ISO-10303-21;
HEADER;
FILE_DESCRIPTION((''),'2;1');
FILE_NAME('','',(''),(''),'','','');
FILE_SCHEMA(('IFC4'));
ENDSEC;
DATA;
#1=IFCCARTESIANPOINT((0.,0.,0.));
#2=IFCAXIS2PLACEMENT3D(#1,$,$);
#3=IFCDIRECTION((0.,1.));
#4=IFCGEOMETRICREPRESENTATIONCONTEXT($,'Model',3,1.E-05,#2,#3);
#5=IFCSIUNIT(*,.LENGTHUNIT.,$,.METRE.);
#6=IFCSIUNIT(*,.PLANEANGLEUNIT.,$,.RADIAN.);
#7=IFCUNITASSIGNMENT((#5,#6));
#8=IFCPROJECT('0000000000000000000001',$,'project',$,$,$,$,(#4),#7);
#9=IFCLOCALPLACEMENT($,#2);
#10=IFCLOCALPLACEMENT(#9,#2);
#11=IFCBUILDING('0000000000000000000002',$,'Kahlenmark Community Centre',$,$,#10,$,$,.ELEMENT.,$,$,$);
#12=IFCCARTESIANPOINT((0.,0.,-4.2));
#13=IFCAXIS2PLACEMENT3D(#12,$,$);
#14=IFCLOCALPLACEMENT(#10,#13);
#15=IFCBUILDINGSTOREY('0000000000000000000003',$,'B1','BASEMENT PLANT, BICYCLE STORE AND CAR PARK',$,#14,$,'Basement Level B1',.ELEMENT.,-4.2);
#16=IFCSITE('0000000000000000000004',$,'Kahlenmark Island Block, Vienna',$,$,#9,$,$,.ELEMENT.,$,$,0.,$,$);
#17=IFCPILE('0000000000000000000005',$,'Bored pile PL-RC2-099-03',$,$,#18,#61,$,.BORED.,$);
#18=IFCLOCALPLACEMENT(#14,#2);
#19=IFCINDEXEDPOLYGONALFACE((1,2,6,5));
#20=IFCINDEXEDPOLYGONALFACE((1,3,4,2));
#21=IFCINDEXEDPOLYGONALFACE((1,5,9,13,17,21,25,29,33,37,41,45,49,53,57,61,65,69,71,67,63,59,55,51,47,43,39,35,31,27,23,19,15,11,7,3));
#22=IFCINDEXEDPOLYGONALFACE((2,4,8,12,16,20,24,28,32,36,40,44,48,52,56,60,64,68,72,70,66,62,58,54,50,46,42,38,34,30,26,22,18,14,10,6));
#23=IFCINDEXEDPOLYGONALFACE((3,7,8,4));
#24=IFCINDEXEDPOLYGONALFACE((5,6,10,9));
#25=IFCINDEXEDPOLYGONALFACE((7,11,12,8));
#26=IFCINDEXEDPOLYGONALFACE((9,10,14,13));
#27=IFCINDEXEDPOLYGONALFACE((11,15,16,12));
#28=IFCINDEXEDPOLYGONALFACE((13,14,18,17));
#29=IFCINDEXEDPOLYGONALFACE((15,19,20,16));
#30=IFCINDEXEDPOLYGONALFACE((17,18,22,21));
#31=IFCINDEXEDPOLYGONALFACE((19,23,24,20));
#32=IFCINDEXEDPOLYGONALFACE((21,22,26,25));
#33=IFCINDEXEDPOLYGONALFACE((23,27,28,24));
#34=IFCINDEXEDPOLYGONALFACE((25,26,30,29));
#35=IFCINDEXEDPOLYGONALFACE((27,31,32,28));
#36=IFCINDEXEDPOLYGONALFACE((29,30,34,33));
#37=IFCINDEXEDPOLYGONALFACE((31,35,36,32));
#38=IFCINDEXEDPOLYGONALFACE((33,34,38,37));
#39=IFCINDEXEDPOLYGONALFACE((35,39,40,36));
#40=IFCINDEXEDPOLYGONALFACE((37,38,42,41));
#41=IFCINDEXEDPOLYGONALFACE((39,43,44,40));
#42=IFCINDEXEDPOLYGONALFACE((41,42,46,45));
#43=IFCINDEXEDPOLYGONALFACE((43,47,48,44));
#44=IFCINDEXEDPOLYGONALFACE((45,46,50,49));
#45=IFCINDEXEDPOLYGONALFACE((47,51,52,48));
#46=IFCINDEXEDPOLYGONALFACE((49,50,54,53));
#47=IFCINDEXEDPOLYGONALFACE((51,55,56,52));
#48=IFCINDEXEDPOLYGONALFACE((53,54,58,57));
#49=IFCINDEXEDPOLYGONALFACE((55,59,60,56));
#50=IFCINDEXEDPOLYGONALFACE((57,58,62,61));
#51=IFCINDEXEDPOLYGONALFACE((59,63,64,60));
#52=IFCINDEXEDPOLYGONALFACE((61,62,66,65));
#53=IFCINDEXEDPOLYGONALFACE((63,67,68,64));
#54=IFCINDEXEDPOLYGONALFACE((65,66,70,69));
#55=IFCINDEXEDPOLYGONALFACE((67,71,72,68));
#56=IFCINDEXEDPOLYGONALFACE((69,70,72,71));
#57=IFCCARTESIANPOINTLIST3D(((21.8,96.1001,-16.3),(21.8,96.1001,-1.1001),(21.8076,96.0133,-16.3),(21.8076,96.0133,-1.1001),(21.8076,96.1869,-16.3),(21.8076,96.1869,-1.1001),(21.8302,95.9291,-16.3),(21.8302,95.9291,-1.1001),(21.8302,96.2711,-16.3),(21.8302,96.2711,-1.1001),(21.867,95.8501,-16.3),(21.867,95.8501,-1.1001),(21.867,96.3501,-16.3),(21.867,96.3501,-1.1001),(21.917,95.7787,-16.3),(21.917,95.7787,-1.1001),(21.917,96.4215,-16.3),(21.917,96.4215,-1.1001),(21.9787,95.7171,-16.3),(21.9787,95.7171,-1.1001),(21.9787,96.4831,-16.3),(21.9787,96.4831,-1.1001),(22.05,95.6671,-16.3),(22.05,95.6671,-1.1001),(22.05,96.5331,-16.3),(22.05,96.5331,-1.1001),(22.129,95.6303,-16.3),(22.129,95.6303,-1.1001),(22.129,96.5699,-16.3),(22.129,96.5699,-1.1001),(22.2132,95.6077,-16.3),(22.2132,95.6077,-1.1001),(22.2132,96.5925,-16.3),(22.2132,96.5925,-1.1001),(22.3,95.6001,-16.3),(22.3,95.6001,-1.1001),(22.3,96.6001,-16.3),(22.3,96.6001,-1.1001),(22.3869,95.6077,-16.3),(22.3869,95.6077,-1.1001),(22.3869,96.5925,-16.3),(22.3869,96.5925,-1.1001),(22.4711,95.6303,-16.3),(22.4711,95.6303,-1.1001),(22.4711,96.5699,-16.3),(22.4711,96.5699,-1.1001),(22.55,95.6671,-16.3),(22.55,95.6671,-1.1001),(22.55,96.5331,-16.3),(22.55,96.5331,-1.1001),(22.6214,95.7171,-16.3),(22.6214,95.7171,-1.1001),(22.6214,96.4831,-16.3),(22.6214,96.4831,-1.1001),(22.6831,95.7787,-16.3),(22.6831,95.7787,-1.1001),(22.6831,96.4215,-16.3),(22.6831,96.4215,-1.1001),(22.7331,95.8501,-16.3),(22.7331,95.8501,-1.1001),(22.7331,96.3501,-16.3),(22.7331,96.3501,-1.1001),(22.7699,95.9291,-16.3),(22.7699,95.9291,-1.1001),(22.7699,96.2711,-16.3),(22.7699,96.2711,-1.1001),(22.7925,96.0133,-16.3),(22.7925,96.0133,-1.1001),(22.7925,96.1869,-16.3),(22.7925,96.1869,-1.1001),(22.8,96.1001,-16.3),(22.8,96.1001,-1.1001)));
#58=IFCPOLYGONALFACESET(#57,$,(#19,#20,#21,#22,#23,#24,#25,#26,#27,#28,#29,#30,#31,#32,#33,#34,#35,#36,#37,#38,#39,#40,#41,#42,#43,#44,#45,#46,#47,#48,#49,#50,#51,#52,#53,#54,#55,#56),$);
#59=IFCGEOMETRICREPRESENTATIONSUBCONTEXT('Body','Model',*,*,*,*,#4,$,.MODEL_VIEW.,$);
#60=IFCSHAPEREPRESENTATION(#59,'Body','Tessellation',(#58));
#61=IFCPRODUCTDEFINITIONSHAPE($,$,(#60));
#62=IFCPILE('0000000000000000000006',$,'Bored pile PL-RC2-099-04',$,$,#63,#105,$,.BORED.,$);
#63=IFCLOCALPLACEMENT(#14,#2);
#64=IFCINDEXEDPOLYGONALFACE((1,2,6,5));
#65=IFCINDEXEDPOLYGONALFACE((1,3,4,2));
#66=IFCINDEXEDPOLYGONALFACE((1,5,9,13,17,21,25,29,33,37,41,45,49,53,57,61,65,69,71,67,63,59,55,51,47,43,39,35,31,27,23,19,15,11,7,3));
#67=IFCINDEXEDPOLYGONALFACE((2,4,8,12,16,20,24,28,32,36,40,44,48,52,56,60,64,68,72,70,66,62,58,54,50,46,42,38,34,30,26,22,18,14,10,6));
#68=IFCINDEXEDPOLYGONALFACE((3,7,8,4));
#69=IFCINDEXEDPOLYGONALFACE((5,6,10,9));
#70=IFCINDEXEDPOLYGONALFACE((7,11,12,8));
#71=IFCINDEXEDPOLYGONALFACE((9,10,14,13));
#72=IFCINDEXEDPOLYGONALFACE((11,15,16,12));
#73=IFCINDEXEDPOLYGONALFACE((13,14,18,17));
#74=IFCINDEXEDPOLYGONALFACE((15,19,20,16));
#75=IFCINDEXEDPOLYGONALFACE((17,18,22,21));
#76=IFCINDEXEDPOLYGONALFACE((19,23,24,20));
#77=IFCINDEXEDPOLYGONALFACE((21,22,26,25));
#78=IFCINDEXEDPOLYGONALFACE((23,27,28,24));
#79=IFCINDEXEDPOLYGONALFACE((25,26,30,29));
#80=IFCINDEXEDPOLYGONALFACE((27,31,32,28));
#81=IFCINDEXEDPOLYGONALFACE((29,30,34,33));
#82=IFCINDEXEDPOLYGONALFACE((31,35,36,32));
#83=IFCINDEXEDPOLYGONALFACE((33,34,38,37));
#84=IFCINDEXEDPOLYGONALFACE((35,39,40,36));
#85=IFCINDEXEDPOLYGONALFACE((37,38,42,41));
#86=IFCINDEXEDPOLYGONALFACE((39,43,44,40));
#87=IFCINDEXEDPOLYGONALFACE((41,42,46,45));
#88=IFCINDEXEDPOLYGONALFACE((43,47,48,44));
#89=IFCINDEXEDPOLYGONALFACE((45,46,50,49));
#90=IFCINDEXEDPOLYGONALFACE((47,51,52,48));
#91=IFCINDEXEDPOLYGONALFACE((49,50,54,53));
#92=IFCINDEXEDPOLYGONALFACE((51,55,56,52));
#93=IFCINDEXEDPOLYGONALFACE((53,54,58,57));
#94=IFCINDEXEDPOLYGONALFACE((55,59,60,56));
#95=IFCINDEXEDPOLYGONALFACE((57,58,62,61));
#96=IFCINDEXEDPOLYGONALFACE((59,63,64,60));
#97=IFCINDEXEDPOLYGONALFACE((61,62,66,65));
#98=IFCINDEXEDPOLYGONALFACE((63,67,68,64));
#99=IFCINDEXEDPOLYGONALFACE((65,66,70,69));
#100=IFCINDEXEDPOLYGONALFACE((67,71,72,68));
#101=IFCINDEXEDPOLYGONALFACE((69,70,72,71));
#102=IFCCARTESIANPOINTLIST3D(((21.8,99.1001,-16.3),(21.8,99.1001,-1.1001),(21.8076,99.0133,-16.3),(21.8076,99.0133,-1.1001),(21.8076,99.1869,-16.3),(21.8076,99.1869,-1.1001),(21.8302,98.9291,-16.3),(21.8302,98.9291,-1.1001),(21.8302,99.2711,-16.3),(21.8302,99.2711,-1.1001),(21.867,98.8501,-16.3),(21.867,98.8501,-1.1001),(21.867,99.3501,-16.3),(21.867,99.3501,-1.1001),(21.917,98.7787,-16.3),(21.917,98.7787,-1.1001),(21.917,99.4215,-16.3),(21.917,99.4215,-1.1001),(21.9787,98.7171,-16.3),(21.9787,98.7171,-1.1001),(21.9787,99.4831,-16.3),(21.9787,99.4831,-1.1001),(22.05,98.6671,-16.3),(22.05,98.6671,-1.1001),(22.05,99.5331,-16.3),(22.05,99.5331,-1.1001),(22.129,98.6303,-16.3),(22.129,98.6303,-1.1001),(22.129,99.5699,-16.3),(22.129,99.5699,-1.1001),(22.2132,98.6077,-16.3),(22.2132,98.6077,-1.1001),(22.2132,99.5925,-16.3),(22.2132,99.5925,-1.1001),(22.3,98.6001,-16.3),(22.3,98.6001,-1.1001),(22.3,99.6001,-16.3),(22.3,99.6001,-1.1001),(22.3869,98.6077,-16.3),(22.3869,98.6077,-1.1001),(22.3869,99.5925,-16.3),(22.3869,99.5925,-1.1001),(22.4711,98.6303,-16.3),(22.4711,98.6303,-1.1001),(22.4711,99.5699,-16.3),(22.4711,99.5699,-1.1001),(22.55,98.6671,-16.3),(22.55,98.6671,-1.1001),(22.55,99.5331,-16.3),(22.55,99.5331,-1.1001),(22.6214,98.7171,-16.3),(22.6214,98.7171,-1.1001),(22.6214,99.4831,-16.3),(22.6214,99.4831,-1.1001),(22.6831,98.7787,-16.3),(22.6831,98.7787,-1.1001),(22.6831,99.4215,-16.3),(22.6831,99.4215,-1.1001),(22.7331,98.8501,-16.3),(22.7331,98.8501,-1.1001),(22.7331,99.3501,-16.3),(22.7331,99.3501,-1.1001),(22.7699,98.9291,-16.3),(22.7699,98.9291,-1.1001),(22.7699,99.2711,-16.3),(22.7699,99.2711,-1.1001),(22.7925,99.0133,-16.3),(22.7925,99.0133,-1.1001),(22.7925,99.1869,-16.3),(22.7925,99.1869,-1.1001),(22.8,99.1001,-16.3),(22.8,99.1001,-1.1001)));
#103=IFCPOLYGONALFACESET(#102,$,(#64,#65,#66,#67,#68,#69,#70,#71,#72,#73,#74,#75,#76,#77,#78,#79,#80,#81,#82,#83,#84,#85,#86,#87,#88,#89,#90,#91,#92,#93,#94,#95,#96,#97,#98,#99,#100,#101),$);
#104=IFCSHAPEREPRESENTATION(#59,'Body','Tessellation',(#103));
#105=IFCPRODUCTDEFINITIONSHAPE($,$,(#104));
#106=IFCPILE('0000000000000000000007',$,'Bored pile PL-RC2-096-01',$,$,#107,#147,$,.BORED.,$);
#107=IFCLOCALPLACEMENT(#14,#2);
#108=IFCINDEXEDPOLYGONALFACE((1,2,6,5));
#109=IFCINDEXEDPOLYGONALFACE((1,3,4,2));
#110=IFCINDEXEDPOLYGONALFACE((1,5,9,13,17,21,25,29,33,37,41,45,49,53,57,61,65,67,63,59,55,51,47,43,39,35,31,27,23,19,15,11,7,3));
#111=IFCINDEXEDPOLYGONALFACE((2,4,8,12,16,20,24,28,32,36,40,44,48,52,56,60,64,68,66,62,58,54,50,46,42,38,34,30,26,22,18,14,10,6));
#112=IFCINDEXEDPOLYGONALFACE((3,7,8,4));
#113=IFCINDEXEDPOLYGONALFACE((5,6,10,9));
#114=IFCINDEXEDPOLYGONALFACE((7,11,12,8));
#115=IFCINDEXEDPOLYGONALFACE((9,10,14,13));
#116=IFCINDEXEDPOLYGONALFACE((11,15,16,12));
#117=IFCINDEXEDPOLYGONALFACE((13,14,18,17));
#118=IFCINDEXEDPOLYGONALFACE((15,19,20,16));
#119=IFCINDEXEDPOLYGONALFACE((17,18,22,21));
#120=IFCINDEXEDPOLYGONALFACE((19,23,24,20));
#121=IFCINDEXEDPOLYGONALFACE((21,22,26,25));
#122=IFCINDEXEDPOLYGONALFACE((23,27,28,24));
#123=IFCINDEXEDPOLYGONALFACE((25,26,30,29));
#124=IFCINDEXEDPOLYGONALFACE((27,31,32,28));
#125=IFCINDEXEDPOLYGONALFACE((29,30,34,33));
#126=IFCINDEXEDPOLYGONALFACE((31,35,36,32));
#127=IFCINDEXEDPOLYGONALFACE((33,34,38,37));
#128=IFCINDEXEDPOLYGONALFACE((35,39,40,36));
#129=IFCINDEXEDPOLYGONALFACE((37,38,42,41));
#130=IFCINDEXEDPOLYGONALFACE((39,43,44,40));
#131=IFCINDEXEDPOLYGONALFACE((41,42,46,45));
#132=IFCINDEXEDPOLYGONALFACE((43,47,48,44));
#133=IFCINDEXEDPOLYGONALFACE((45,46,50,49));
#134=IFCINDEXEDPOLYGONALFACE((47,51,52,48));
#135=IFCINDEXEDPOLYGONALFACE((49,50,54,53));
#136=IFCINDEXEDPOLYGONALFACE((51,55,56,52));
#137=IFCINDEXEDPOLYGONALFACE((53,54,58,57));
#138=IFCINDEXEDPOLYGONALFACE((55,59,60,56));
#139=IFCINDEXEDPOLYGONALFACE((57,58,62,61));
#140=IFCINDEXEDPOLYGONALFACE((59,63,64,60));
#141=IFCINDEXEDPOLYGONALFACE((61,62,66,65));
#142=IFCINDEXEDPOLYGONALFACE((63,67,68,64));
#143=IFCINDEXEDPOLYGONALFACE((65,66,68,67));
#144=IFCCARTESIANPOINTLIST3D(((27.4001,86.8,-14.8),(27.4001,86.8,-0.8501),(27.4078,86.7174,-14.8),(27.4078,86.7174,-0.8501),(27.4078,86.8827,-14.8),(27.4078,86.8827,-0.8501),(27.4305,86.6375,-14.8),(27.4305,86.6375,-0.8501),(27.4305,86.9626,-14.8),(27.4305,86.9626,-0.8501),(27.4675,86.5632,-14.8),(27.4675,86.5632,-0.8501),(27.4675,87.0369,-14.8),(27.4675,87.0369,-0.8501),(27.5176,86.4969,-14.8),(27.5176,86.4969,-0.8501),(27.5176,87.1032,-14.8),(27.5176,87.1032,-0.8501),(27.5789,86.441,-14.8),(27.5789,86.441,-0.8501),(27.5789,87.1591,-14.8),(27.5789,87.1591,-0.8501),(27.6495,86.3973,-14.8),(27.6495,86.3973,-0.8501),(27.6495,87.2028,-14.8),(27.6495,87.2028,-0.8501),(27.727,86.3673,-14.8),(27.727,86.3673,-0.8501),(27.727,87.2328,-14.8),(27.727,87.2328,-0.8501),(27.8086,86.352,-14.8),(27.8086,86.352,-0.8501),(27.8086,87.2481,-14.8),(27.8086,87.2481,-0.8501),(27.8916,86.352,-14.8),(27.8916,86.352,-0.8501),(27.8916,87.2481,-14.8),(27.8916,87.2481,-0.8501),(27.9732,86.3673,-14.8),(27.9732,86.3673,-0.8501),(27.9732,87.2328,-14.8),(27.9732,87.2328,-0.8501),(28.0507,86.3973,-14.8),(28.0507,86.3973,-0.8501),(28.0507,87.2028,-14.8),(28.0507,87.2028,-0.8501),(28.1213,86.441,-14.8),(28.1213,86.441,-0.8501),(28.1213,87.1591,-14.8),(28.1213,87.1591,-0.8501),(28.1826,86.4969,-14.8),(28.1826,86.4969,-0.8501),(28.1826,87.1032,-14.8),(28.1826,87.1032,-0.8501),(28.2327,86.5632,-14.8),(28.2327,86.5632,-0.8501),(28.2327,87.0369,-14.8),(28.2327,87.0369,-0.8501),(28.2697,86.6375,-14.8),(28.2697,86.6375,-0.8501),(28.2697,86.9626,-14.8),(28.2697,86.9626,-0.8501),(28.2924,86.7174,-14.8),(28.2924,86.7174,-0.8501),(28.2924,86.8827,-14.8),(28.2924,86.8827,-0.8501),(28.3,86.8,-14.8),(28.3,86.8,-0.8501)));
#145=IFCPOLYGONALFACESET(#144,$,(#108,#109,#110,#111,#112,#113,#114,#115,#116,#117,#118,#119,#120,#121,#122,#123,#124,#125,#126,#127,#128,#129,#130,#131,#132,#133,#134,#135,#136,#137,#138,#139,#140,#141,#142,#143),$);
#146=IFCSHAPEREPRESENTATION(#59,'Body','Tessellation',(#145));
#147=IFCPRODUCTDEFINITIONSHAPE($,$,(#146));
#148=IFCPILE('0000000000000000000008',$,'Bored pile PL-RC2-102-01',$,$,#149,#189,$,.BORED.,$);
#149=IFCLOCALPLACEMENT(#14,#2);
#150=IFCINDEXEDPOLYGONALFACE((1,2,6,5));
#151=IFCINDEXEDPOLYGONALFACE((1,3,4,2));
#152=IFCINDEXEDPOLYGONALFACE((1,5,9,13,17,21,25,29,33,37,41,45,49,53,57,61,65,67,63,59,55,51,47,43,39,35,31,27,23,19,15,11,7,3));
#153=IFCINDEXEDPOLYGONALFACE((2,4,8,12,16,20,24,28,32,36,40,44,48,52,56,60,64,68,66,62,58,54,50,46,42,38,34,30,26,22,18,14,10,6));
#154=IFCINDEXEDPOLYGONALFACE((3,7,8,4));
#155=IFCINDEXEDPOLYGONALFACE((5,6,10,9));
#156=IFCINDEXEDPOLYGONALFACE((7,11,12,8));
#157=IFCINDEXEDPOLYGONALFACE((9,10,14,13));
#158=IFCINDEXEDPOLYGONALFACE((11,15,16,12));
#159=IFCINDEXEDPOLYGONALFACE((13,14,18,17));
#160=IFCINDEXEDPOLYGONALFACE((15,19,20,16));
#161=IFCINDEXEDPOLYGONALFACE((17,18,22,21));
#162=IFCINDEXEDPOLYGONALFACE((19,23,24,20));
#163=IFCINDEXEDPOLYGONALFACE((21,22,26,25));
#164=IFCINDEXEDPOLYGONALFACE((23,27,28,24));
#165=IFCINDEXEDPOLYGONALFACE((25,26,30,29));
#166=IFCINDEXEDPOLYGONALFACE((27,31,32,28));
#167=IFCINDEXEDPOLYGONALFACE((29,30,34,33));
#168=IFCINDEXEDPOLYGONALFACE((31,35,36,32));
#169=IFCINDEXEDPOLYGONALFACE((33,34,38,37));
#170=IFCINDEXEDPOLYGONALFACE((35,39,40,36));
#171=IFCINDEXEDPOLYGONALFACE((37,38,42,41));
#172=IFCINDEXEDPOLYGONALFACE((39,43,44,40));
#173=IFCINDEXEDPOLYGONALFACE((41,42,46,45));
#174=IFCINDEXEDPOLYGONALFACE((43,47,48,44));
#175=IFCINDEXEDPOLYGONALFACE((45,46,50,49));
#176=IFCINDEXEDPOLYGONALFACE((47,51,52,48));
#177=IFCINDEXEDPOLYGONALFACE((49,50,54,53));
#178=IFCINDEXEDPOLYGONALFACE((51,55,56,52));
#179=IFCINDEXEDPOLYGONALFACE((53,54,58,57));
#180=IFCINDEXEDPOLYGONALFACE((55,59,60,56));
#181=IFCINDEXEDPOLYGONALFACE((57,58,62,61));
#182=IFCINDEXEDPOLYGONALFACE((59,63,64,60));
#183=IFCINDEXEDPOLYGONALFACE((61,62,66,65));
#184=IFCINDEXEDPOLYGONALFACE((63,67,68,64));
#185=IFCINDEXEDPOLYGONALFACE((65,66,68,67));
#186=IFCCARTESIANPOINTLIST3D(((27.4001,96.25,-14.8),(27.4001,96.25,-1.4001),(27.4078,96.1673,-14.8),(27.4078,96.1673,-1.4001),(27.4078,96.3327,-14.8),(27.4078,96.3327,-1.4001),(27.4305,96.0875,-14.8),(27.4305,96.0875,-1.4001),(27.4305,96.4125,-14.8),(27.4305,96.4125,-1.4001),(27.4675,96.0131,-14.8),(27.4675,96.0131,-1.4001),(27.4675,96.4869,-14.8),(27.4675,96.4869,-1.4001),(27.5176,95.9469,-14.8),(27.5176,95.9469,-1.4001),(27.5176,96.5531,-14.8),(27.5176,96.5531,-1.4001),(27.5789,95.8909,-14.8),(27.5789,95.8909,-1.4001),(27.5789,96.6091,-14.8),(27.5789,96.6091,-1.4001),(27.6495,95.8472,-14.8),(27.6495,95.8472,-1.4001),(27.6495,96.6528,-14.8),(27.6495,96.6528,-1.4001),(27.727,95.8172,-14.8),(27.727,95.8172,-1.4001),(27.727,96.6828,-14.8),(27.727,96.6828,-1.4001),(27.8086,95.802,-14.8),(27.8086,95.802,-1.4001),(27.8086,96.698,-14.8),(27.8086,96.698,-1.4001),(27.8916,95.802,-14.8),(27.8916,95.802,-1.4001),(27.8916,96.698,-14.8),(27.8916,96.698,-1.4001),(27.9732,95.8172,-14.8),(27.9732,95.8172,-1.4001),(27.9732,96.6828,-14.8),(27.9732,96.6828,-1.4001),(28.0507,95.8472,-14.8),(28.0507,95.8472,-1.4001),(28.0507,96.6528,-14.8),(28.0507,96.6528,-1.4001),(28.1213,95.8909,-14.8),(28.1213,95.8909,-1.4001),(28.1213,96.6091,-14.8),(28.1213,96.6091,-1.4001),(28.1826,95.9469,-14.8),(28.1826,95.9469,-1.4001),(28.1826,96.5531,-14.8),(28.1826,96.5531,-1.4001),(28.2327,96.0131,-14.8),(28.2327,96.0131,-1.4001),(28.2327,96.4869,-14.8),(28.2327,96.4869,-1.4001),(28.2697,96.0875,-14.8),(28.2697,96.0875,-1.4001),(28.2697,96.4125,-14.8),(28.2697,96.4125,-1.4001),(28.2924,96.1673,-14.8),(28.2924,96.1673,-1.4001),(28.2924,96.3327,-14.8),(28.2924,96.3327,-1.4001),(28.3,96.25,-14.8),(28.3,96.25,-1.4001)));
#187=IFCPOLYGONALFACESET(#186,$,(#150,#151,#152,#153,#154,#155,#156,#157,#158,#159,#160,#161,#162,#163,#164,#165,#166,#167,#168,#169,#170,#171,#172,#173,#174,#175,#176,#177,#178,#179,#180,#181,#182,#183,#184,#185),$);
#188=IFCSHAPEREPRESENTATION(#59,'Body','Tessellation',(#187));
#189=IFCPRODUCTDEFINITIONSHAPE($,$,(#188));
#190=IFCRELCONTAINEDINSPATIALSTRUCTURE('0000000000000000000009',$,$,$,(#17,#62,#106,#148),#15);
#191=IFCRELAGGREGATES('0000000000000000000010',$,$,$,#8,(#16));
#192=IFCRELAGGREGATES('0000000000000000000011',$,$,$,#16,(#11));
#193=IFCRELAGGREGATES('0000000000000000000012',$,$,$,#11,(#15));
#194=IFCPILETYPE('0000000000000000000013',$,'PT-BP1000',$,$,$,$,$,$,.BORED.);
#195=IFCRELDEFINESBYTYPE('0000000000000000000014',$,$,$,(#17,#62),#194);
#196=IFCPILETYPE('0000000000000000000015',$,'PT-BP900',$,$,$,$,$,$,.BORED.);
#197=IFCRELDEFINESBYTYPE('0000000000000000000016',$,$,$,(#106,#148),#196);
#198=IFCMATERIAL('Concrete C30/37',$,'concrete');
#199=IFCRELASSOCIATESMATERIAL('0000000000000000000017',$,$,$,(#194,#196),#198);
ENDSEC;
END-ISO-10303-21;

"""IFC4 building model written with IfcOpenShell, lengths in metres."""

from ifc_helpers import new_model, si_unit, direction, frame, origin, origin_2d, place, context, subcontext, project, spatial, circle, extrude, material, material_profile, profile_set, type_object, element, save


model = new_model("IFC4")

# Units and contexts
model_context = context("Model", 3, precision=1e-05, world=origin(), true_north=direction((0.0, 1.0)))
body_context = subcontext(model_context, "Body", "Model", "MODEL_VIEW")
ifc_project = project(units=[si_unit("LENGTHUNIT", "METRE"), si_unit("PLANEANGLEUNIT", "RADIAN")], contexts=[model_context])

# Site, building, storey
site_placement = place(None, origin())
site = spatial("IfcSite", under=ifc_project, at=site_placement, Name="Kahlenmark Island Block, Vienna", CompositionType="ELEMENT", RefElevation=0.0)
building_placement = place(site_placement, origin())
building = spatial("IfcBuilding", under=site, at=building_placement, Name="Kahlenmark Community Centre", CompositionType="ELEMENT")
storey_placement = place(building_placement, frame((0.0, 0.0, -4.2)))
storey = spatial("IfcBuildingStorey", under=building, at=storey_placement, Name="B1", Description="BASEMENT PLANT, BICYCLE STORE AND CAR PARK", LongName="Basement Level B1", CompositionType="ELEMENT", Elevation=-4.2)

# Shared definitions
ifc_material_1 = material(Name="Concrete C30/37", Category="concrete")

# Piles
ifc_material_profile_1 = material_profile(ifc_material_1, circle(Radius=0.5, at=origin_2d()), Name="BORED PILE 1000")
ifc_profile_set_1 = profile_set([ifc_material_profile_1], Name="Concrete C30/37")
pile_type_1 = type_object("IfcPileType", Name="PT-BP1000", PredefinedType="BORED", material=ifc_profile_set_1)
for number, where, z_axis, x_axis, name in (
    (1, (22.3, 96.1001, -1.1001), (0.0, 0.0, -1.0), (1.0, 0.0, 0.0), "Bored pile PL-RC2-099-03"),
    (2, (22.3, 99.1001, -1.1001), (0.0, 0.0, -1.0), (1.0, 0.0, 0.0), "Bored pile PL-RC2-099-04"),
):
    element("IfcPile", number, at=place(storey_placement, frame(where, z_axis=z_axis, x_axis=x_axis)), inside=storey, type_object=pile_type_1, Name=name, PredefinedType="BORED", context=body_context, shape_type="SweptSolid", body=[
        extrude(circle(Radius=0.5, at=origin_2d()), origin(), (0.0, 0.0, 1.0), 15.2),
    ])
ifc_material_profile_2 = material_profile(ifc_material_1, circle(Radius=0.45, at=origin_2d()), Name="BORED PILE 900")
ifc_profile_set_2 = profile_set([ifc_material_profile_2], Name="Concrete C30/37")
pile_type_2 = type_object("IfcPileType", Name="PT-BP900", PredefinedType="BORED", material=ifc_profile_set_2)
pile_1_placement = place(storey_placement, frame((27.8501, 86.8, -0.8501), z_axis=(0.0, 0.0, -1.0), x_axis=(1.0, 0.0, 0.0)))
element("IfcPile", 3, at=pile_1_placement, inside=storey, type_object=pile_type_2, Name="Bored pile PL-RC2-096-01", PredefinedType="BORED", context=body_context, shape_type="SweptSolid", body=[
    extrude(circle(Radius=0.45, at=origin_2d()), origin(), (0.0, 0.0, 1.0), 13.95),
])
for number, where, z_axis, x_axis, name in (
    (4, (27.8501, 96.25, -1.4001), (0.0, 0.0, -1.0), (1.0, 0.0, 0.0), "Bored pile PL-RC2-102-01"),
):
    element("IfcPile", number, at=place(storey_placement, frame(where, z_axis=z_axis, x_axis=x_axis)), inside=storey, type_object=pile_type_2, Name=name, PredefinedType="BORED", context=body_context, shape_type="SweptSolid", body=[
        extrude(circle(Radius=0.45, at=origin_2d()), origin(), (0.0, 0.0, 1.0), 13.3999),
    ])

save(model, "model.ifc")
